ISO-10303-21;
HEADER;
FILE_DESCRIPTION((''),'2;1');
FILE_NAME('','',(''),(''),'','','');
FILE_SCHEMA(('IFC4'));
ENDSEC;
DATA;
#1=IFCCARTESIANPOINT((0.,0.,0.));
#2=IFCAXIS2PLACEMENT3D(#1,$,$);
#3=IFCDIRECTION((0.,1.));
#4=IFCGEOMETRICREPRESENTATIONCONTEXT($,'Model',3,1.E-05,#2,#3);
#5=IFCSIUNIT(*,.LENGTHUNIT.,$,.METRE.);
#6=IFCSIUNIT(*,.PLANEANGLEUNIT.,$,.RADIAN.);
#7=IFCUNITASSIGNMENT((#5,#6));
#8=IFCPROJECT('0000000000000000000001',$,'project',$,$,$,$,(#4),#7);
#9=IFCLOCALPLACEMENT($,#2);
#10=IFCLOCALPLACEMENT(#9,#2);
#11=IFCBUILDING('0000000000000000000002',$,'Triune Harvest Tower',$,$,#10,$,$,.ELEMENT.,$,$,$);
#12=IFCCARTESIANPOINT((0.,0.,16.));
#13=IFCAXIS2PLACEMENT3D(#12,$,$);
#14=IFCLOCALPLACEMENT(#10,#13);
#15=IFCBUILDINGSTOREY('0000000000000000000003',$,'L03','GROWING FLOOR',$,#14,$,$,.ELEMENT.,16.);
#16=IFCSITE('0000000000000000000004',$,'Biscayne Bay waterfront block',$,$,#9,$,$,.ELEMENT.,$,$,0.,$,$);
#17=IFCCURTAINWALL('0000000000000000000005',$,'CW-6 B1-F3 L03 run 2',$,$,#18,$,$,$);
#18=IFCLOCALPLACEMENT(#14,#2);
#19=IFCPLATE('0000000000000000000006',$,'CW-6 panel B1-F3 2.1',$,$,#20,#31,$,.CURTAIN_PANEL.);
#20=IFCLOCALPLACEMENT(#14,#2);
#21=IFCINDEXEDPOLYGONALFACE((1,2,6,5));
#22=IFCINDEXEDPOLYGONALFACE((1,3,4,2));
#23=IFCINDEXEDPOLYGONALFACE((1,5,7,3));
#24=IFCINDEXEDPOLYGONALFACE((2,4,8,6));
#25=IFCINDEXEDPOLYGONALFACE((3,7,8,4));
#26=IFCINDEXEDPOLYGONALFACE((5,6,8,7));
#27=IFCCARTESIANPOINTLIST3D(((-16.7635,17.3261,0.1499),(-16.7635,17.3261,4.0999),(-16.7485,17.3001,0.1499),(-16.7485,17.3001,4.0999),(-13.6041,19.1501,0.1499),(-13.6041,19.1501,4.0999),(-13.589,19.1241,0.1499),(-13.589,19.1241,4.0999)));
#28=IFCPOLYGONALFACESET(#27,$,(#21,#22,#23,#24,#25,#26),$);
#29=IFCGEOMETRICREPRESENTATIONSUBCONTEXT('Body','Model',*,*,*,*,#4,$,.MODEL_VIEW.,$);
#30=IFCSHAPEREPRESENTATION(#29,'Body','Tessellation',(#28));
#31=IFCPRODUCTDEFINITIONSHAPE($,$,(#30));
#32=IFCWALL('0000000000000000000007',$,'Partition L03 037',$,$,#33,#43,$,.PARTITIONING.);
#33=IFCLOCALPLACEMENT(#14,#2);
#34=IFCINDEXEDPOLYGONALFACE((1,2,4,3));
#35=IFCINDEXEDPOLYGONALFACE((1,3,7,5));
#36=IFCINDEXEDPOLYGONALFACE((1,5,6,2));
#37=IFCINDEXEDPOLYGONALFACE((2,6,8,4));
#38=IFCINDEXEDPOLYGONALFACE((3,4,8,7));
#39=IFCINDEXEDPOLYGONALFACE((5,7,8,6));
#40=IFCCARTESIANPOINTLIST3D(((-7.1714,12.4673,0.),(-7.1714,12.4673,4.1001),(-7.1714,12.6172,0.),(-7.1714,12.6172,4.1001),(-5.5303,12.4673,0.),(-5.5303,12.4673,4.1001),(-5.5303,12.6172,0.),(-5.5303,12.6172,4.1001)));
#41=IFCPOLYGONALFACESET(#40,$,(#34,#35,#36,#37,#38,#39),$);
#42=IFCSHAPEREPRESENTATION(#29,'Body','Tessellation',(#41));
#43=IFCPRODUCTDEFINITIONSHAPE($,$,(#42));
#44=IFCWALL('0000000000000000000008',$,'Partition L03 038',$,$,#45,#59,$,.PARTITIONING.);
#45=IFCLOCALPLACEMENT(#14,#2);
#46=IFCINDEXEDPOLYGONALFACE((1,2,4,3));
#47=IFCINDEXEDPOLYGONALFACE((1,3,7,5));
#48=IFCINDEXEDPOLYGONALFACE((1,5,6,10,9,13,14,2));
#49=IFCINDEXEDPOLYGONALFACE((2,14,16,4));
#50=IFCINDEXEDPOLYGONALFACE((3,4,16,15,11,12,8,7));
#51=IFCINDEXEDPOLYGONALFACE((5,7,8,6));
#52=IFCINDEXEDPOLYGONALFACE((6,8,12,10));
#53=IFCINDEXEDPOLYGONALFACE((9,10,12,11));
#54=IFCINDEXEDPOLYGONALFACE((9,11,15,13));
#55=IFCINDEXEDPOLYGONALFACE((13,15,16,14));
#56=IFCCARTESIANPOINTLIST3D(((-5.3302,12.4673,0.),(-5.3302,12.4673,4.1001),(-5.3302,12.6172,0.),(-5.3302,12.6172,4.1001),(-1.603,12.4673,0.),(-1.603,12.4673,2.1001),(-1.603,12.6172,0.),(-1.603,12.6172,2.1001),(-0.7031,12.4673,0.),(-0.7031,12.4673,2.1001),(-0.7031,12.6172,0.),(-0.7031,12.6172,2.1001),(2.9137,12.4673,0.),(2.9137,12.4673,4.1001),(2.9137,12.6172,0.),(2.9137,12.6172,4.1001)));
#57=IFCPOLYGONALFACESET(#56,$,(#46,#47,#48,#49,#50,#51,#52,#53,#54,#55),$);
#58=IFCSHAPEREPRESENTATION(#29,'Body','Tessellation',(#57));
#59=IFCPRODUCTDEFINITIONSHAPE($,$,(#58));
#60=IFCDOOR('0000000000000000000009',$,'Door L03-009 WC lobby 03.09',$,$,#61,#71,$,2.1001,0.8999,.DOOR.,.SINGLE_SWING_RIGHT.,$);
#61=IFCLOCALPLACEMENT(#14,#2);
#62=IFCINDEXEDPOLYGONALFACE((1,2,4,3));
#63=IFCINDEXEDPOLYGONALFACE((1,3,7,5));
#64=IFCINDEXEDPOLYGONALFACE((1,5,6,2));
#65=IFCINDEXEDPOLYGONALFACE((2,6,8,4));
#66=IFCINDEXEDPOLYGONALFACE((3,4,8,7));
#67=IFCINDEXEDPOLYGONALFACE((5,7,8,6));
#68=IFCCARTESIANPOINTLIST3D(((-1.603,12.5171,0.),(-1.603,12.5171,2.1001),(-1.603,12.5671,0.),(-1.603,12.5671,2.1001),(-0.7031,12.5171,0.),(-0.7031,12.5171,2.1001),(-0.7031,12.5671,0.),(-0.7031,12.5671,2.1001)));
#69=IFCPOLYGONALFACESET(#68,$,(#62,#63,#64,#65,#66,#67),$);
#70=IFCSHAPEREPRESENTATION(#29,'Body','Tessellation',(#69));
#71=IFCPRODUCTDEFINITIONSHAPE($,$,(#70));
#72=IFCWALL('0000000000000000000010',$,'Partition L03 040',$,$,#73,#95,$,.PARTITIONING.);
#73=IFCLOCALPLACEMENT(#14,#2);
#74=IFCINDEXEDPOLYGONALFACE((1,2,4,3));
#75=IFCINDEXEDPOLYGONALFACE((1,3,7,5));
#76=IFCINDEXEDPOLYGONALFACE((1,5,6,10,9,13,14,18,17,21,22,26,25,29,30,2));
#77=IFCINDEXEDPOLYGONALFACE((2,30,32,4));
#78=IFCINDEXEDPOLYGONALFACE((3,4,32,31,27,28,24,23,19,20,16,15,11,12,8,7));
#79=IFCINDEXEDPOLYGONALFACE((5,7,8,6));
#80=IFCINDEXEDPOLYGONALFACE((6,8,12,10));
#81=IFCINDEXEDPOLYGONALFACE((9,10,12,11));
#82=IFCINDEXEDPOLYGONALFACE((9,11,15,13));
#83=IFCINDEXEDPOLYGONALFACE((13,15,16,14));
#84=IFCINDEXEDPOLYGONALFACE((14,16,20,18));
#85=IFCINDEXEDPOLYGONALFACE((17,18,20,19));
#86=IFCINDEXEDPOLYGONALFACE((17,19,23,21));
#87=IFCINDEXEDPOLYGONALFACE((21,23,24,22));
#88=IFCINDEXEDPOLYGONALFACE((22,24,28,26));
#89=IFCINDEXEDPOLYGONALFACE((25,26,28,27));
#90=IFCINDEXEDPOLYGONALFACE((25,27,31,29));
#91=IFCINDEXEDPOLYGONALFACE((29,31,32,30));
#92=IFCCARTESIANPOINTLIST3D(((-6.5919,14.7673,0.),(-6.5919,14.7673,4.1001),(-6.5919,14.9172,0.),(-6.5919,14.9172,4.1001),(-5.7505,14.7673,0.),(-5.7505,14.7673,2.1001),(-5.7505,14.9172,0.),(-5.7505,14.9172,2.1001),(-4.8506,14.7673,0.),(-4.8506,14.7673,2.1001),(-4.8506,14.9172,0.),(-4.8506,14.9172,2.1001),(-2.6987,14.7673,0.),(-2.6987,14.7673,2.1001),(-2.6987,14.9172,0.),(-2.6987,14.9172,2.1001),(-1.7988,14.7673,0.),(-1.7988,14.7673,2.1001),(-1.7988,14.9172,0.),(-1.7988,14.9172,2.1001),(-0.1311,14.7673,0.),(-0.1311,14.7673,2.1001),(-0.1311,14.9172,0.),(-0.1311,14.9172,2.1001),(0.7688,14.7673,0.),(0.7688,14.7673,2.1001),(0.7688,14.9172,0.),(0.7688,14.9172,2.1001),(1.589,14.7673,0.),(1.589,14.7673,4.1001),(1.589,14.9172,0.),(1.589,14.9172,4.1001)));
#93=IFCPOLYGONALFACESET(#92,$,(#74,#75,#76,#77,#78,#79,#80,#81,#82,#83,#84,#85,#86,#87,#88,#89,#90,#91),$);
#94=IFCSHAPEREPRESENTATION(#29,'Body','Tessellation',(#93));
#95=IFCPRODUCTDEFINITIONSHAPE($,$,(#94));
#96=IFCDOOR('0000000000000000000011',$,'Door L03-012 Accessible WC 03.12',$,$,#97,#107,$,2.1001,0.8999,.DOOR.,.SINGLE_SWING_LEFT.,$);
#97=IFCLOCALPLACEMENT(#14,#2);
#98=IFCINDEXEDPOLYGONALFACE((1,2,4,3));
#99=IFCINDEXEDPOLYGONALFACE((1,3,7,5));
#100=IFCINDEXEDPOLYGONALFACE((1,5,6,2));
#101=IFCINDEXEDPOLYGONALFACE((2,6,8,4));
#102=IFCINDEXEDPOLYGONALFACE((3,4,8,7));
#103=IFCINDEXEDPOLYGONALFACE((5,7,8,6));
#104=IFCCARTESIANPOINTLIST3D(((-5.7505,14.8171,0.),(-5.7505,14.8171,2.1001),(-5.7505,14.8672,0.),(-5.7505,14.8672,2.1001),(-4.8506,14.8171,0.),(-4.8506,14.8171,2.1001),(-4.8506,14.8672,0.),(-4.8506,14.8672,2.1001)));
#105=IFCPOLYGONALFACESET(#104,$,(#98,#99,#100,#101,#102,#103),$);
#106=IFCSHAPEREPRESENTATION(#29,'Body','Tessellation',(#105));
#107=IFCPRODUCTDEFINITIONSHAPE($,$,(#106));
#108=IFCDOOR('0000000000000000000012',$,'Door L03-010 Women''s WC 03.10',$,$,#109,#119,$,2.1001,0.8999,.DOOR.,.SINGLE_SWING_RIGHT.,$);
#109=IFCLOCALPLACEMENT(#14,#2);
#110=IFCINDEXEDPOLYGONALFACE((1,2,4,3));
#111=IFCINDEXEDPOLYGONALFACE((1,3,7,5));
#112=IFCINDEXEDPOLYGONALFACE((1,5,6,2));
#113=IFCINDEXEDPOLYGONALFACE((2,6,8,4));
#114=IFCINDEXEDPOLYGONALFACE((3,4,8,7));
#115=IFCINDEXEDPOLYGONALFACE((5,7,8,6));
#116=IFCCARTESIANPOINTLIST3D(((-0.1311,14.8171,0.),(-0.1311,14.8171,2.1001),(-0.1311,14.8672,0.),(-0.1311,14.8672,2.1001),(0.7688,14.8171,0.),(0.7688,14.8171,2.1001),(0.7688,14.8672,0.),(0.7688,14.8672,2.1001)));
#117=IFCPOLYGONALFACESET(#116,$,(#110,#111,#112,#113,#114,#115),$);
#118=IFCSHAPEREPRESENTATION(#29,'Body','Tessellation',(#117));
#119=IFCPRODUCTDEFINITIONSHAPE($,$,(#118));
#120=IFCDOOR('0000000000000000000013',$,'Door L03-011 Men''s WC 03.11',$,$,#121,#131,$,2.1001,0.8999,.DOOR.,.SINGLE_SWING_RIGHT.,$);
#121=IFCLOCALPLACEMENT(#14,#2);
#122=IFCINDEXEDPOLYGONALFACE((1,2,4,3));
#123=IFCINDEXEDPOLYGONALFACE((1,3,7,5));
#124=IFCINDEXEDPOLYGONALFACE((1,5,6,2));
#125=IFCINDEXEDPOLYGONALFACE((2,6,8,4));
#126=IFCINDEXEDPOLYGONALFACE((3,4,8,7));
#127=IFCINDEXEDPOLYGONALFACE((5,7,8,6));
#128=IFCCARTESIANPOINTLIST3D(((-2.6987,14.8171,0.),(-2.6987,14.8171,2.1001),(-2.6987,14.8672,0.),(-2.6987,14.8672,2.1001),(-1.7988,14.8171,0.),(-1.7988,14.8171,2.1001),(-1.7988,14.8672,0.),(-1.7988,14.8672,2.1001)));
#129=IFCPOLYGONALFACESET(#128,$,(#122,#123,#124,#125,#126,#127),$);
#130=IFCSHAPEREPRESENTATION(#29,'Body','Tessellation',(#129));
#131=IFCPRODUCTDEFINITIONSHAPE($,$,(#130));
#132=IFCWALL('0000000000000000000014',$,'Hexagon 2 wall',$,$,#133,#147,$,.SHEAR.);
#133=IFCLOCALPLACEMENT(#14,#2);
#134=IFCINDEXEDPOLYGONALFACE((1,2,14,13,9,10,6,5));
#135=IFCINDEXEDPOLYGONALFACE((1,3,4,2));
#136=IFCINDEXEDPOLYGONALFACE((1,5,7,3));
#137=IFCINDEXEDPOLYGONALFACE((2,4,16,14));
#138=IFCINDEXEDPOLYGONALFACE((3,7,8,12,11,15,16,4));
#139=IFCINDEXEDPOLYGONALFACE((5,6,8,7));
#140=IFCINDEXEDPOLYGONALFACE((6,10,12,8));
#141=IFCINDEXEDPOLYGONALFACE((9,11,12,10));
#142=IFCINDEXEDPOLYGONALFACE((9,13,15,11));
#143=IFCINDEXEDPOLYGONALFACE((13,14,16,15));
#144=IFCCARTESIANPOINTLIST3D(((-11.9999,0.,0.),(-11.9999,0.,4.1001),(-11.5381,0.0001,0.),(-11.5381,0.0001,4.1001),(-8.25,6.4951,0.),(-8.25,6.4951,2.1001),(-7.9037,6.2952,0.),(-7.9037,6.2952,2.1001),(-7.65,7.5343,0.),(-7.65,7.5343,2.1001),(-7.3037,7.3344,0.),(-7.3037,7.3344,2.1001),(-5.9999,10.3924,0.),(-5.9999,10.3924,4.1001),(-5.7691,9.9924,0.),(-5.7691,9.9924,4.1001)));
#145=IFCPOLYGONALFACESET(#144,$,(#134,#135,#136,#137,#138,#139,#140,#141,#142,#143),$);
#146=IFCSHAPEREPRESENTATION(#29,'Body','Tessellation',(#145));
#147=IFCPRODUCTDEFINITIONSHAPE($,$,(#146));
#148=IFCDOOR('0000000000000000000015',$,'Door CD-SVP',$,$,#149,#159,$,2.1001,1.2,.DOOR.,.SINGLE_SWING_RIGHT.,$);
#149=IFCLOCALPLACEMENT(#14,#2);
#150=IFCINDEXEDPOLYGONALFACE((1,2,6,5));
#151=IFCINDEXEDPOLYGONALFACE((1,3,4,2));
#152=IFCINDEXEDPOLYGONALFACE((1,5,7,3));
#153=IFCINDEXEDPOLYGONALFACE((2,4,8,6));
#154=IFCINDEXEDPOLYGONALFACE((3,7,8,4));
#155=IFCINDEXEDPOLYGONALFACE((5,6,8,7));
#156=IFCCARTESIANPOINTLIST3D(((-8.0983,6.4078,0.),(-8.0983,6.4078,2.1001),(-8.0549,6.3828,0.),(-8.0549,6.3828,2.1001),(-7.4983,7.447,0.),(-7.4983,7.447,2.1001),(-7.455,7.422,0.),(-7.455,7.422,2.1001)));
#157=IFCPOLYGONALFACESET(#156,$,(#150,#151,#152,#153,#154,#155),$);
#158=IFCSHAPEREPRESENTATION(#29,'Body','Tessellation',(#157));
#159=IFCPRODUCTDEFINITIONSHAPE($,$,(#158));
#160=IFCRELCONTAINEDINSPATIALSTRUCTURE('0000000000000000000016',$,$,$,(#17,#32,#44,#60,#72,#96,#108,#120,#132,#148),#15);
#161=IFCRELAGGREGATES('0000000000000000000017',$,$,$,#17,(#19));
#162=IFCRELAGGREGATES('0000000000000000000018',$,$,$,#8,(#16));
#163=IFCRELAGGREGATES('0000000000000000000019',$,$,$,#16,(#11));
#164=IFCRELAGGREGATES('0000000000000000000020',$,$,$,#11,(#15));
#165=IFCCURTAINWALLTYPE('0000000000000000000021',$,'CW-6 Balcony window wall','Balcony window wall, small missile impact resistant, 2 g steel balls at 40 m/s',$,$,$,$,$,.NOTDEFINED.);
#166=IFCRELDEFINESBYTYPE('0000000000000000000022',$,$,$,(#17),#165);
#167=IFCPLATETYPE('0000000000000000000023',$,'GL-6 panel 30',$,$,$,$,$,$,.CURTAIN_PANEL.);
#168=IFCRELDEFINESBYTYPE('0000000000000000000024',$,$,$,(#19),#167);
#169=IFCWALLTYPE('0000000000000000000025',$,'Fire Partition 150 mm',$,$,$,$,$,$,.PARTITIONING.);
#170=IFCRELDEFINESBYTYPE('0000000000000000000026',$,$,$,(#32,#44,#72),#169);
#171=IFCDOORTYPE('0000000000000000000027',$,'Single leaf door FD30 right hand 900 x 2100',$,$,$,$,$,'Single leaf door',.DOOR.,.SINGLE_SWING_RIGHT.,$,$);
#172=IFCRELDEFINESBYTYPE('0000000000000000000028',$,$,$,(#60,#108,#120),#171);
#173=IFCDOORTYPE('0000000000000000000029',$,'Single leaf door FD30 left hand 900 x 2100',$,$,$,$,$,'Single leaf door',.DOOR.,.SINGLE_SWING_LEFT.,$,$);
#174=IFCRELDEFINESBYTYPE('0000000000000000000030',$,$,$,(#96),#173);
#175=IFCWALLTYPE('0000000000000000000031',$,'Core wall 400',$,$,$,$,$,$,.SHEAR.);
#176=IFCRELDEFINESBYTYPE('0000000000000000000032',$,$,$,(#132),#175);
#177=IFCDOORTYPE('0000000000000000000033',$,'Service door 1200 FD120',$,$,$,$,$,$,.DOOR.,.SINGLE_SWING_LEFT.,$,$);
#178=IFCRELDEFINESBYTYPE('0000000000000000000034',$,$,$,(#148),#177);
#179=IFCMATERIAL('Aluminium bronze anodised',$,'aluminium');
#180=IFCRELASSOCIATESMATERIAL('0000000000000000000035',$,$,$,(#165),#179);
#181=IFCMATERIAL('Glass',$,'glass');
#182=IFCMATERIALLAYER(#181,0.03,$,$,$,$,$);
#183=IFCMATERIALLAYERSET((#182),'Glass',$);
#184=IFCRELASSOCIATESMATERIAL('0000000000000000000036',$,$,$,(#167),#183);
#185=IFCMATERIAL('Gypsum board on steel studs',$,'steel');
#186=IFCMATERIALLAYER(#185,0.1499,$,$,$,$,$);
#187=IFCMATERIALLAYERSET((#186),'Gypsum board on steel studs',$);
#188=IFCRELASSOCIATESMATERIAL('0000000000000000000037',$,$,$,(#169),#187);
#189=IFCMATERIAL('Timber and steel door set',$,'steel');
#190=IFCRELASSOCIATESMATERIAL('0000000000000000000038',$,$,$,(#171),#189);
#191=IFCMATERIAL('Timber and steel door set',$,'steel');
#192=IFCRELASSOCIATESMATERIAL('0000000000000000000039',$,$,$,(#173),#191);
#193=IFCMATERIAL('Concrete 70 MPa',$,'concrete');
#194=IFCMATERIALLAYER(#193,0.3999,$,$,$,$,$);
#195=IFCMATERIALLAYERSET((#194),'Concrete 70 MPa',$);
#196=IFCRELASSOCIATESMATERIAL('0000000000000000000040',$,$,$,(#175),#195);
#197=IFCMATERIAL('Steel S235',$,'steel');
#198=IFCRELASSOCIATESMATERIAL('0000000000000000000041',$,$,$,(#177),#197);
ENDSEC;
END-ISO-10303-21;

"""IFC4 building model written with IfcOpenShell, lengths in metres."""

from ifc_helpers import new_model, si_unit, direction, frame, frame_2d, origin, origin_2d, place, context, subcontext, project, spatial, polyline, rectangle, outline, extrude, source, transform, mapped, material, layer, layer_set, type_object, element, fill, aggregate, save


model = new_model("IFC4")

# Units and contexts
model_context = context("Model", 3, precision=1e-05, world=origin(), true_north=direction((0.0, 1.0)))
body_context = subcontext(model_context, "Body", "Model", "MODEL_VIEW")
ifc_project = project(units=[si_unit("LENGTHUNIT", "METRE"), si_unit("PLANEANGLEUNIT", "RADIAN")], contexts=[model_context])

# Site, building, storey
site_placement = place(None, origin())
site = spatial("IfcSite", under=ifc_project, at=site_placement, Name="Biscayne Bay waterfront block", CompositionType="ELEMENT", RefElevation=0.0)
building_placement = place(site_placement, origin())
building = spatial("IfcBuilding", under=site, at=building_placement, Name="Triune Harvest Tower", CompositionType="ELEMENT")
storey_placement = place(building_placement, frame((0.0, 0.0, 16.0)))
storey = spatial("IfcBuildingStorey", under=building, at=storey_placement, Name="L03", Description="GROWING FLOOR", CompositionType="ELEMENT", Elevation=16.0)

# Curtain wall, plate
ifc_material_1 = material(Name="Aluminium bronze anodised", Category="aluminium")
curtain_wall_type = type_object("IfcCurtainWallType", Name="CW-6 Balcony window wall", Description="Balcony window wall, small missile impact resistant, 2 g steel balls at 40 m/s", PredefinedType="NOTDEFINED", material=ifc_material_1)
curtain_wall_placement = place(storey_placement, origin())
curtain_wall = element("IfcCurtainWall", 1, at=curtain_wall_placement, inside=storey, type_object=curtain_wall_type, Name="CW-6 B1-F3 L03 run 2")
ifc_material_2 = material(Name="Glass", Category="glass")
ifc_layer_1 = layer(ifc_material_2, 0.03)
ifc_layer_set_1 = layer_set([ifc_layer_1], Name="Glass")
plate_type = type_object("IfcPlateType", Name="GL-6 panel 30", PredefinedType="CURTAIN_PANEL", material=ifc_layer_set_1)
shared_shape_1 = source(origin(), body_context, "Body", "SweptSolid", [
    extrude(rectangle(XDim=3.6482, YDim=0.03, at=origin_2d()), origin(), (0.0, 0.0, 1.0), 3.95),
])
plate_placement = place(storey_placement, frame((-15.1763, 18.2251, 0.1499), z_axis=(0.0, 0.0, 1.0), x_axis=(-0.86603, -0.499993, 0.0)))
plate = element("IfcPlate", 2, at=plate_placement, type_object=plate_type, Name="CW-6 panel B1-F3 2.1", PredefinedType="CURTAIN_PANEL", context=body_context, shape_type="MappedRepresentation", body=[
    mapped(shared_shape_1, transform((0.0, 0.0, 0.0), scale=1.0)),
])
aggregate(curtain_wall, [plate])

# Wall
ifc_material_3 = material(Name="Gypsum board on steel studs", Category="steel")
ifc_layer_2 = layer(ifc_material_3, 0.1499)
ifc_layer_set_2 = layer_set([ifc_layer_2], Name="Gypsum board on steel studs")
wall_type_1 = type_object("IfcWallType", Name="Fire Partition 150 mm", PredefinedType="PARTITIONING", material=ifc_layer_set_2)
wall_1_placement = place(storey_placement, frame((-7.1714, 12.5422, 0.0), z_axis=(0.0, 0.0, 1.0), x_axis=(1.0, 0.0, 0.0)))
element("IfcWall", 3, at=wall_1_placement, inside=storey, type_object=wall_type_1, Name="Partition L03 037", PredefinedType="PARTITIONING", context=body_context, shape_type="SweptSolid", body=[
    extrude(rectangle(XDim=1.6411, YDim=0.1499, at=frame_2d((0.8206, 0.0))), origin(), (0.0, 0.0, 1.0), 4.1001),
])

# Wall, opening, door
wall_2_placement = place(storey_placement, frame((-5.3303, 12.5422, 0.0), z_axis=(0.0, 0.0, 1.0), x_axis=(1.0, 0.0, 0.0)))
wall_2 = element("IfcWall", 4, at=wall_2_placement, inside=storey, type_object=wall_type_1, Name="Partition L03 038", PredefinedType="PARTITIONING", context=body_context, shape_type="SweptSolid", body=[
    extrude(rectangle(XDim=8.2439, YDim=0.1499, at=frame_2d((4.1221, 0.0))), origin(), (0.0, 0.0, 1.0), 4.1001),
])
opening_1_placement = place(wall_2_placement, frame((3.7273, 0.0, 0.0)))
opening_1 = element("IfcOpeningElement", 5, at=opening_1_placement, cuts=wall_2, PredefinedType="OPENING", context=body_context, shape_type="SweptSolid", body=[
    extrude(rectangle(XDim=0.8999, YDim=2.1001, at=frame_2d((0.45, 1.05))), frame((0.0, 0.085, 0.0), z_axis=(0.0, -1.0, 0.0), x_axis=(1.0, 0.0, 0.0)), (0.0, 0.0, 1.0), 0.1699),
])
ifc_material_4 = material(Name="Timber and steel door set", Category="steel")
door_type_1 = type_object("IfcDoorType", Name="Single leaf door FD30 right hand 900 x 2100", ElementType="Single leaf door", OperationType="SINGLE_SWING_RIGHT", PredefinedType="DOOR", material=ifc_material_4)
door_1_placement = place(opening_1_placement, origin())
door_1 = element("IfcDoor", 6, at=door_1_placement, inside=storey, type_object=door_type_1, Name="Door L03-009 WC lobby 03.09", OperationType="SINGLE_SWING_RIGHT", OverallHeight=2.1001, OverallWidth=0.8999, PredefinedType="DOOR", context=body_context, shape_type="SweptSolid", body=[
    extrude(rectangle(XDim=0.8999, YDim=2.1001, at=frame_2d((0.45, 1.05))), frame((0.0, 0.0249, 0.0), z_axis=(0.0, -1.0, 0.0), x_axis=(1.0, 0.0, 0.0)), (0.0, 0.0, 1.0), 0.05),
])
fill(opening_1, door_1)

# Wall, openings, doors
wall_3_placement = place(storey_placement, frame((-6.5918, 14.8423, 0.0), z_axis=(0.0, 0.0, 1.0), x_axis=(1.0, 0.0, 0.0)))
wall_3 = element("IfcWall", 7, at=wall_3_placement, inside=storey, type_object=wall_type_1, Name="Partition L03 040", PredefinedType="PARTITIONING", context=body_context, shape_type="SweptSolid", body=[
    extrude(rectangle(XDim=8.1809, YDim=0.1499, at=frame_2d((4.0903, 0.0))), origin(), (0.0, 0.0, 1.0), 4.1001),
])
opening_2_placement = place(wall_3_placement, frame((6.4607, 0.0, 0.0)))
opening_2 = element("IfcOpeningElement", 8, at=opening_2_placement, cuts=wall_3, PredefinedType="OPENING", context=body_context, shape_type="SweptSolid", body=[
    extrude(rectangle(XDim=0.8999, YDim=2.1001, at=frame_2d((0.45, 1.05))), frame((0.0, 0.085, 0.0), z_axis=(0.0, -1.0, 0.0), x_axis=(1.0, 0.0, 0.0)), (0.0, 0.0, 1.0), 0.1699),
])
opening_3_placement = place(wall_3_placement, frame((3.8931, 0.0, 0.0)))
opening_3 = element("IfcOpeningElement", 9, at=opening_3_placement, cuts=wall_3, PredefinedType="OPENING", context=body_context, shape_type="SweptSolid", body=[
    extrude(rectangle(XDim=0.8999, YDim=2.1001, at=frame_2d((0.45, 1.05))), frame((0.0, 0.085, 0.0), z_axis=(0.0, -1.0, 0.0), x_axis=(1.0, 0.0, 0.0)), (0.0, 0.0, 1.0), 0.1699),
])
opening_4_placement = place(wall_3_placement, frame((0.8413, 0.0, 0.0)))
opening_4 = element("IfcOpeningElement", 10, at=opening_4_placement, cuts=wall_3, PredefinedType="OPENING", context=body_context, shape_type="SweptSolid", body=[
    extrude(rectangle(XDim=0.8999, YDim=2.1001, at=frame_2d((0.45, 1.05))), frame((0.0, 0.085, 0.0), z_axis=(0.0, -1.0, 0.0), x_axis=(1.0, 0.0, 0.0)), (0.0, 0.0, 1.0), 0.1699),
])
ifc_material_5 = material(Name="Timber and steel door set", Category="steel")
door_type_2 = type_object("IfcDoorType", Name="Single leaf door FD30 left hand 900 x 2100", ElementType="Single leaf door", OperationType="SINGLE_SWING_LEFT", PredefinedType="DOOR", material=ifc_material_5)
door_2_placement = place(opening_4_placement, origin())
door_2 = element("IfcDoor", 11, at=door_2_placement, inside=storey, type_object=door_type_2, Name="Door L03-012 Accessible WC 03.12", OperationType="SINGLE_SWING_LEFT", OverallHeight=2.1001, OverallWidth=0.8999, PredefinedType="DOOR", context=body_context, shape_type="SweptSolid", body=[
    extrude(rectangle(XDim=0.8999, YDim=2.1001, at=frame_2d((0.45, 1.05))), frame((0.0, 0.0249, 0.0), z_axis=(0.0, -1.0, 0.0), x_axis=(1.0, 0.0, 0.0)), (0.0, 0.0, 1.0), 0.05),
])
fill(opening_4, door_2)
door_3_placement = place(opening_2_placement, origin())
door_3 = element("IfcDoor", 12, at=door_3_placement, inside=storey, type_object=door_type_1, Name="Door L03-010 Women's WC 03.10", OperationType="SINGLE_SWING_RIGHT", OverallHeight=2.1001, OverallWidth=0.8999, PredefinedType="DOOR", context=body_context, shape_type="SweptSolid", body=[
    extrude(rectangle(XDim=0.8999, YDim=2.1001, at=frame_2d((0.45, 1.05))), frame((0.0, 0.0249, 0.0), z_axis=(0.0, -1.0, 0.0), x_axis=(1.0, 0.0, 0.0)), (0.0, 0.0, 1.0), 0.05),
])
fill(opening_2, door_3)
door_4_placement = place(opening_3_placement, origin())
door_4 = element("IfcDoor", 13, at=door_4_placement, inside=storey, type_object=door_type_1, Name="Door L03-011 Men's WC 03.11", OperationType="SINGLE_SWING_RIGHT", OverallHeight=2.1001, OverallWidth=0.8999, PredefinedType="DOOR", context=body_context, shape_type="SweptSolid", body=[
    extrude(rectangle(XDim=0.8999, YDim=2.1001, at=frame_2d((0.45, 1.05))), frame((0.0, 0.0249, 0.0), z_axis=(0.0, -1.0, 0.0), x_axis=(1.0, 0.0, 0.0)), (0.0, 0.0, 1.0), 0.05),
])
fill(opening_3, door_4)

# Wall, opening, door
ifc_material_6 = material(Name="Concrete 70 MPa", Category="concrete")
ifc_layer_3 = layer(ifc_material_6, 0.3999)
ifc_layer_set_3 = layer_set([ifc_layer_3], Name="Concrete 70 MPa")
wall_type_2 = type_object("IfcWallType", Name="Core wall 400", PredefinedType="SHEAR", material=ifc_layer_set_3)
shared_shape_2 = source(origin(), body_context, "Body", "SweptSolid", [
    extrude(outline(polyline([(-0.1155, -0.2), (11.8845, -0.2), (11.6536, 0.2), (0.1155, 0.2), (-0.1155, -0.2)])), origin(), (0.0, 0.0, 1.0), 4.1001),
])
wall_4_placement = place(storey_placement, frame((-5.8845, 10.1924, 0.0), z_axis=(0.0, 0.0, 1.0), x_axis=(-0.499997, -0.866027, 0.0)))
wall_4 = element("IfcWall", 14, at=wall_4_placement, inside=storey, type_object=wall_type_2, Name="Hexagon 2 wall", PredefinedType="SHEAR", context=body_context, shape_type="MappedRepresentation", body=[
    mapped(shared_shape_2, transform((0.0, 0.0, 0.0), scale=1.0)),
])
opening_5_placement = place(wall_4_placement, frame((3.1846, 0.0, 0.0)))
opening_5 = element("IfcOpeningElement", 15, at=opening_5_placement, cuts=wall_4, PredefinedType="OPENING", context=body_context, shape_type="SweptSolid", body=[
    extrude(rectangle(XDim=1.2, YDim=2.1001, at=frame_2d((0.6001, 1.05))), frame((0.0, 0.21, 0.0), z_axis=(0.0, -1.0, 0.0), x_axis=(1.0, 0.0, 0.0)), (0.0, 0.0, 1.0), 0.4199),
])
ifc_material_7 = material(Name="Steel S235", Category="steel")
door_type_3 = type_object("IfcDoorType", Name="Service door 1200 FD120", OperationType="SINGLE_SWING_LEFT", PredefinedType="DOOR", material=ifc_material_7)
door_5_placement = place(opening_5_placement, frame((1.2, 0.0, 0.0), z_axis=(0.0, 0.0, 1.0), x_axis=(-1.0, 0.0, 0.0)))
door_5 = element("IfcDoor", 16, at=door_5_placement, inside=storey, type_object=door_type_3, Name="Door CD-SVP", OperationType="SINGLE_SWING_RIGHT", OverallHeight=2.1001, OverallWidth=1.2, PredefinedType="DOOR", context=body_context, shape_type="SweptSolid", body=[
    extrude(rectangle(XDim=1.2, YDim=2.1001, at=frame_2d((0.6001, 1.05))), frame((0.0, 0.0249, 0.0), z_axis=(0.0, -1.0, 0.0), x_axis=(1.0, 0.0, 0.0)), (0.0, 0.0, 1.0), 0.05),
])
fill(opening_5, door_5)

save(model, "model.ifc")
